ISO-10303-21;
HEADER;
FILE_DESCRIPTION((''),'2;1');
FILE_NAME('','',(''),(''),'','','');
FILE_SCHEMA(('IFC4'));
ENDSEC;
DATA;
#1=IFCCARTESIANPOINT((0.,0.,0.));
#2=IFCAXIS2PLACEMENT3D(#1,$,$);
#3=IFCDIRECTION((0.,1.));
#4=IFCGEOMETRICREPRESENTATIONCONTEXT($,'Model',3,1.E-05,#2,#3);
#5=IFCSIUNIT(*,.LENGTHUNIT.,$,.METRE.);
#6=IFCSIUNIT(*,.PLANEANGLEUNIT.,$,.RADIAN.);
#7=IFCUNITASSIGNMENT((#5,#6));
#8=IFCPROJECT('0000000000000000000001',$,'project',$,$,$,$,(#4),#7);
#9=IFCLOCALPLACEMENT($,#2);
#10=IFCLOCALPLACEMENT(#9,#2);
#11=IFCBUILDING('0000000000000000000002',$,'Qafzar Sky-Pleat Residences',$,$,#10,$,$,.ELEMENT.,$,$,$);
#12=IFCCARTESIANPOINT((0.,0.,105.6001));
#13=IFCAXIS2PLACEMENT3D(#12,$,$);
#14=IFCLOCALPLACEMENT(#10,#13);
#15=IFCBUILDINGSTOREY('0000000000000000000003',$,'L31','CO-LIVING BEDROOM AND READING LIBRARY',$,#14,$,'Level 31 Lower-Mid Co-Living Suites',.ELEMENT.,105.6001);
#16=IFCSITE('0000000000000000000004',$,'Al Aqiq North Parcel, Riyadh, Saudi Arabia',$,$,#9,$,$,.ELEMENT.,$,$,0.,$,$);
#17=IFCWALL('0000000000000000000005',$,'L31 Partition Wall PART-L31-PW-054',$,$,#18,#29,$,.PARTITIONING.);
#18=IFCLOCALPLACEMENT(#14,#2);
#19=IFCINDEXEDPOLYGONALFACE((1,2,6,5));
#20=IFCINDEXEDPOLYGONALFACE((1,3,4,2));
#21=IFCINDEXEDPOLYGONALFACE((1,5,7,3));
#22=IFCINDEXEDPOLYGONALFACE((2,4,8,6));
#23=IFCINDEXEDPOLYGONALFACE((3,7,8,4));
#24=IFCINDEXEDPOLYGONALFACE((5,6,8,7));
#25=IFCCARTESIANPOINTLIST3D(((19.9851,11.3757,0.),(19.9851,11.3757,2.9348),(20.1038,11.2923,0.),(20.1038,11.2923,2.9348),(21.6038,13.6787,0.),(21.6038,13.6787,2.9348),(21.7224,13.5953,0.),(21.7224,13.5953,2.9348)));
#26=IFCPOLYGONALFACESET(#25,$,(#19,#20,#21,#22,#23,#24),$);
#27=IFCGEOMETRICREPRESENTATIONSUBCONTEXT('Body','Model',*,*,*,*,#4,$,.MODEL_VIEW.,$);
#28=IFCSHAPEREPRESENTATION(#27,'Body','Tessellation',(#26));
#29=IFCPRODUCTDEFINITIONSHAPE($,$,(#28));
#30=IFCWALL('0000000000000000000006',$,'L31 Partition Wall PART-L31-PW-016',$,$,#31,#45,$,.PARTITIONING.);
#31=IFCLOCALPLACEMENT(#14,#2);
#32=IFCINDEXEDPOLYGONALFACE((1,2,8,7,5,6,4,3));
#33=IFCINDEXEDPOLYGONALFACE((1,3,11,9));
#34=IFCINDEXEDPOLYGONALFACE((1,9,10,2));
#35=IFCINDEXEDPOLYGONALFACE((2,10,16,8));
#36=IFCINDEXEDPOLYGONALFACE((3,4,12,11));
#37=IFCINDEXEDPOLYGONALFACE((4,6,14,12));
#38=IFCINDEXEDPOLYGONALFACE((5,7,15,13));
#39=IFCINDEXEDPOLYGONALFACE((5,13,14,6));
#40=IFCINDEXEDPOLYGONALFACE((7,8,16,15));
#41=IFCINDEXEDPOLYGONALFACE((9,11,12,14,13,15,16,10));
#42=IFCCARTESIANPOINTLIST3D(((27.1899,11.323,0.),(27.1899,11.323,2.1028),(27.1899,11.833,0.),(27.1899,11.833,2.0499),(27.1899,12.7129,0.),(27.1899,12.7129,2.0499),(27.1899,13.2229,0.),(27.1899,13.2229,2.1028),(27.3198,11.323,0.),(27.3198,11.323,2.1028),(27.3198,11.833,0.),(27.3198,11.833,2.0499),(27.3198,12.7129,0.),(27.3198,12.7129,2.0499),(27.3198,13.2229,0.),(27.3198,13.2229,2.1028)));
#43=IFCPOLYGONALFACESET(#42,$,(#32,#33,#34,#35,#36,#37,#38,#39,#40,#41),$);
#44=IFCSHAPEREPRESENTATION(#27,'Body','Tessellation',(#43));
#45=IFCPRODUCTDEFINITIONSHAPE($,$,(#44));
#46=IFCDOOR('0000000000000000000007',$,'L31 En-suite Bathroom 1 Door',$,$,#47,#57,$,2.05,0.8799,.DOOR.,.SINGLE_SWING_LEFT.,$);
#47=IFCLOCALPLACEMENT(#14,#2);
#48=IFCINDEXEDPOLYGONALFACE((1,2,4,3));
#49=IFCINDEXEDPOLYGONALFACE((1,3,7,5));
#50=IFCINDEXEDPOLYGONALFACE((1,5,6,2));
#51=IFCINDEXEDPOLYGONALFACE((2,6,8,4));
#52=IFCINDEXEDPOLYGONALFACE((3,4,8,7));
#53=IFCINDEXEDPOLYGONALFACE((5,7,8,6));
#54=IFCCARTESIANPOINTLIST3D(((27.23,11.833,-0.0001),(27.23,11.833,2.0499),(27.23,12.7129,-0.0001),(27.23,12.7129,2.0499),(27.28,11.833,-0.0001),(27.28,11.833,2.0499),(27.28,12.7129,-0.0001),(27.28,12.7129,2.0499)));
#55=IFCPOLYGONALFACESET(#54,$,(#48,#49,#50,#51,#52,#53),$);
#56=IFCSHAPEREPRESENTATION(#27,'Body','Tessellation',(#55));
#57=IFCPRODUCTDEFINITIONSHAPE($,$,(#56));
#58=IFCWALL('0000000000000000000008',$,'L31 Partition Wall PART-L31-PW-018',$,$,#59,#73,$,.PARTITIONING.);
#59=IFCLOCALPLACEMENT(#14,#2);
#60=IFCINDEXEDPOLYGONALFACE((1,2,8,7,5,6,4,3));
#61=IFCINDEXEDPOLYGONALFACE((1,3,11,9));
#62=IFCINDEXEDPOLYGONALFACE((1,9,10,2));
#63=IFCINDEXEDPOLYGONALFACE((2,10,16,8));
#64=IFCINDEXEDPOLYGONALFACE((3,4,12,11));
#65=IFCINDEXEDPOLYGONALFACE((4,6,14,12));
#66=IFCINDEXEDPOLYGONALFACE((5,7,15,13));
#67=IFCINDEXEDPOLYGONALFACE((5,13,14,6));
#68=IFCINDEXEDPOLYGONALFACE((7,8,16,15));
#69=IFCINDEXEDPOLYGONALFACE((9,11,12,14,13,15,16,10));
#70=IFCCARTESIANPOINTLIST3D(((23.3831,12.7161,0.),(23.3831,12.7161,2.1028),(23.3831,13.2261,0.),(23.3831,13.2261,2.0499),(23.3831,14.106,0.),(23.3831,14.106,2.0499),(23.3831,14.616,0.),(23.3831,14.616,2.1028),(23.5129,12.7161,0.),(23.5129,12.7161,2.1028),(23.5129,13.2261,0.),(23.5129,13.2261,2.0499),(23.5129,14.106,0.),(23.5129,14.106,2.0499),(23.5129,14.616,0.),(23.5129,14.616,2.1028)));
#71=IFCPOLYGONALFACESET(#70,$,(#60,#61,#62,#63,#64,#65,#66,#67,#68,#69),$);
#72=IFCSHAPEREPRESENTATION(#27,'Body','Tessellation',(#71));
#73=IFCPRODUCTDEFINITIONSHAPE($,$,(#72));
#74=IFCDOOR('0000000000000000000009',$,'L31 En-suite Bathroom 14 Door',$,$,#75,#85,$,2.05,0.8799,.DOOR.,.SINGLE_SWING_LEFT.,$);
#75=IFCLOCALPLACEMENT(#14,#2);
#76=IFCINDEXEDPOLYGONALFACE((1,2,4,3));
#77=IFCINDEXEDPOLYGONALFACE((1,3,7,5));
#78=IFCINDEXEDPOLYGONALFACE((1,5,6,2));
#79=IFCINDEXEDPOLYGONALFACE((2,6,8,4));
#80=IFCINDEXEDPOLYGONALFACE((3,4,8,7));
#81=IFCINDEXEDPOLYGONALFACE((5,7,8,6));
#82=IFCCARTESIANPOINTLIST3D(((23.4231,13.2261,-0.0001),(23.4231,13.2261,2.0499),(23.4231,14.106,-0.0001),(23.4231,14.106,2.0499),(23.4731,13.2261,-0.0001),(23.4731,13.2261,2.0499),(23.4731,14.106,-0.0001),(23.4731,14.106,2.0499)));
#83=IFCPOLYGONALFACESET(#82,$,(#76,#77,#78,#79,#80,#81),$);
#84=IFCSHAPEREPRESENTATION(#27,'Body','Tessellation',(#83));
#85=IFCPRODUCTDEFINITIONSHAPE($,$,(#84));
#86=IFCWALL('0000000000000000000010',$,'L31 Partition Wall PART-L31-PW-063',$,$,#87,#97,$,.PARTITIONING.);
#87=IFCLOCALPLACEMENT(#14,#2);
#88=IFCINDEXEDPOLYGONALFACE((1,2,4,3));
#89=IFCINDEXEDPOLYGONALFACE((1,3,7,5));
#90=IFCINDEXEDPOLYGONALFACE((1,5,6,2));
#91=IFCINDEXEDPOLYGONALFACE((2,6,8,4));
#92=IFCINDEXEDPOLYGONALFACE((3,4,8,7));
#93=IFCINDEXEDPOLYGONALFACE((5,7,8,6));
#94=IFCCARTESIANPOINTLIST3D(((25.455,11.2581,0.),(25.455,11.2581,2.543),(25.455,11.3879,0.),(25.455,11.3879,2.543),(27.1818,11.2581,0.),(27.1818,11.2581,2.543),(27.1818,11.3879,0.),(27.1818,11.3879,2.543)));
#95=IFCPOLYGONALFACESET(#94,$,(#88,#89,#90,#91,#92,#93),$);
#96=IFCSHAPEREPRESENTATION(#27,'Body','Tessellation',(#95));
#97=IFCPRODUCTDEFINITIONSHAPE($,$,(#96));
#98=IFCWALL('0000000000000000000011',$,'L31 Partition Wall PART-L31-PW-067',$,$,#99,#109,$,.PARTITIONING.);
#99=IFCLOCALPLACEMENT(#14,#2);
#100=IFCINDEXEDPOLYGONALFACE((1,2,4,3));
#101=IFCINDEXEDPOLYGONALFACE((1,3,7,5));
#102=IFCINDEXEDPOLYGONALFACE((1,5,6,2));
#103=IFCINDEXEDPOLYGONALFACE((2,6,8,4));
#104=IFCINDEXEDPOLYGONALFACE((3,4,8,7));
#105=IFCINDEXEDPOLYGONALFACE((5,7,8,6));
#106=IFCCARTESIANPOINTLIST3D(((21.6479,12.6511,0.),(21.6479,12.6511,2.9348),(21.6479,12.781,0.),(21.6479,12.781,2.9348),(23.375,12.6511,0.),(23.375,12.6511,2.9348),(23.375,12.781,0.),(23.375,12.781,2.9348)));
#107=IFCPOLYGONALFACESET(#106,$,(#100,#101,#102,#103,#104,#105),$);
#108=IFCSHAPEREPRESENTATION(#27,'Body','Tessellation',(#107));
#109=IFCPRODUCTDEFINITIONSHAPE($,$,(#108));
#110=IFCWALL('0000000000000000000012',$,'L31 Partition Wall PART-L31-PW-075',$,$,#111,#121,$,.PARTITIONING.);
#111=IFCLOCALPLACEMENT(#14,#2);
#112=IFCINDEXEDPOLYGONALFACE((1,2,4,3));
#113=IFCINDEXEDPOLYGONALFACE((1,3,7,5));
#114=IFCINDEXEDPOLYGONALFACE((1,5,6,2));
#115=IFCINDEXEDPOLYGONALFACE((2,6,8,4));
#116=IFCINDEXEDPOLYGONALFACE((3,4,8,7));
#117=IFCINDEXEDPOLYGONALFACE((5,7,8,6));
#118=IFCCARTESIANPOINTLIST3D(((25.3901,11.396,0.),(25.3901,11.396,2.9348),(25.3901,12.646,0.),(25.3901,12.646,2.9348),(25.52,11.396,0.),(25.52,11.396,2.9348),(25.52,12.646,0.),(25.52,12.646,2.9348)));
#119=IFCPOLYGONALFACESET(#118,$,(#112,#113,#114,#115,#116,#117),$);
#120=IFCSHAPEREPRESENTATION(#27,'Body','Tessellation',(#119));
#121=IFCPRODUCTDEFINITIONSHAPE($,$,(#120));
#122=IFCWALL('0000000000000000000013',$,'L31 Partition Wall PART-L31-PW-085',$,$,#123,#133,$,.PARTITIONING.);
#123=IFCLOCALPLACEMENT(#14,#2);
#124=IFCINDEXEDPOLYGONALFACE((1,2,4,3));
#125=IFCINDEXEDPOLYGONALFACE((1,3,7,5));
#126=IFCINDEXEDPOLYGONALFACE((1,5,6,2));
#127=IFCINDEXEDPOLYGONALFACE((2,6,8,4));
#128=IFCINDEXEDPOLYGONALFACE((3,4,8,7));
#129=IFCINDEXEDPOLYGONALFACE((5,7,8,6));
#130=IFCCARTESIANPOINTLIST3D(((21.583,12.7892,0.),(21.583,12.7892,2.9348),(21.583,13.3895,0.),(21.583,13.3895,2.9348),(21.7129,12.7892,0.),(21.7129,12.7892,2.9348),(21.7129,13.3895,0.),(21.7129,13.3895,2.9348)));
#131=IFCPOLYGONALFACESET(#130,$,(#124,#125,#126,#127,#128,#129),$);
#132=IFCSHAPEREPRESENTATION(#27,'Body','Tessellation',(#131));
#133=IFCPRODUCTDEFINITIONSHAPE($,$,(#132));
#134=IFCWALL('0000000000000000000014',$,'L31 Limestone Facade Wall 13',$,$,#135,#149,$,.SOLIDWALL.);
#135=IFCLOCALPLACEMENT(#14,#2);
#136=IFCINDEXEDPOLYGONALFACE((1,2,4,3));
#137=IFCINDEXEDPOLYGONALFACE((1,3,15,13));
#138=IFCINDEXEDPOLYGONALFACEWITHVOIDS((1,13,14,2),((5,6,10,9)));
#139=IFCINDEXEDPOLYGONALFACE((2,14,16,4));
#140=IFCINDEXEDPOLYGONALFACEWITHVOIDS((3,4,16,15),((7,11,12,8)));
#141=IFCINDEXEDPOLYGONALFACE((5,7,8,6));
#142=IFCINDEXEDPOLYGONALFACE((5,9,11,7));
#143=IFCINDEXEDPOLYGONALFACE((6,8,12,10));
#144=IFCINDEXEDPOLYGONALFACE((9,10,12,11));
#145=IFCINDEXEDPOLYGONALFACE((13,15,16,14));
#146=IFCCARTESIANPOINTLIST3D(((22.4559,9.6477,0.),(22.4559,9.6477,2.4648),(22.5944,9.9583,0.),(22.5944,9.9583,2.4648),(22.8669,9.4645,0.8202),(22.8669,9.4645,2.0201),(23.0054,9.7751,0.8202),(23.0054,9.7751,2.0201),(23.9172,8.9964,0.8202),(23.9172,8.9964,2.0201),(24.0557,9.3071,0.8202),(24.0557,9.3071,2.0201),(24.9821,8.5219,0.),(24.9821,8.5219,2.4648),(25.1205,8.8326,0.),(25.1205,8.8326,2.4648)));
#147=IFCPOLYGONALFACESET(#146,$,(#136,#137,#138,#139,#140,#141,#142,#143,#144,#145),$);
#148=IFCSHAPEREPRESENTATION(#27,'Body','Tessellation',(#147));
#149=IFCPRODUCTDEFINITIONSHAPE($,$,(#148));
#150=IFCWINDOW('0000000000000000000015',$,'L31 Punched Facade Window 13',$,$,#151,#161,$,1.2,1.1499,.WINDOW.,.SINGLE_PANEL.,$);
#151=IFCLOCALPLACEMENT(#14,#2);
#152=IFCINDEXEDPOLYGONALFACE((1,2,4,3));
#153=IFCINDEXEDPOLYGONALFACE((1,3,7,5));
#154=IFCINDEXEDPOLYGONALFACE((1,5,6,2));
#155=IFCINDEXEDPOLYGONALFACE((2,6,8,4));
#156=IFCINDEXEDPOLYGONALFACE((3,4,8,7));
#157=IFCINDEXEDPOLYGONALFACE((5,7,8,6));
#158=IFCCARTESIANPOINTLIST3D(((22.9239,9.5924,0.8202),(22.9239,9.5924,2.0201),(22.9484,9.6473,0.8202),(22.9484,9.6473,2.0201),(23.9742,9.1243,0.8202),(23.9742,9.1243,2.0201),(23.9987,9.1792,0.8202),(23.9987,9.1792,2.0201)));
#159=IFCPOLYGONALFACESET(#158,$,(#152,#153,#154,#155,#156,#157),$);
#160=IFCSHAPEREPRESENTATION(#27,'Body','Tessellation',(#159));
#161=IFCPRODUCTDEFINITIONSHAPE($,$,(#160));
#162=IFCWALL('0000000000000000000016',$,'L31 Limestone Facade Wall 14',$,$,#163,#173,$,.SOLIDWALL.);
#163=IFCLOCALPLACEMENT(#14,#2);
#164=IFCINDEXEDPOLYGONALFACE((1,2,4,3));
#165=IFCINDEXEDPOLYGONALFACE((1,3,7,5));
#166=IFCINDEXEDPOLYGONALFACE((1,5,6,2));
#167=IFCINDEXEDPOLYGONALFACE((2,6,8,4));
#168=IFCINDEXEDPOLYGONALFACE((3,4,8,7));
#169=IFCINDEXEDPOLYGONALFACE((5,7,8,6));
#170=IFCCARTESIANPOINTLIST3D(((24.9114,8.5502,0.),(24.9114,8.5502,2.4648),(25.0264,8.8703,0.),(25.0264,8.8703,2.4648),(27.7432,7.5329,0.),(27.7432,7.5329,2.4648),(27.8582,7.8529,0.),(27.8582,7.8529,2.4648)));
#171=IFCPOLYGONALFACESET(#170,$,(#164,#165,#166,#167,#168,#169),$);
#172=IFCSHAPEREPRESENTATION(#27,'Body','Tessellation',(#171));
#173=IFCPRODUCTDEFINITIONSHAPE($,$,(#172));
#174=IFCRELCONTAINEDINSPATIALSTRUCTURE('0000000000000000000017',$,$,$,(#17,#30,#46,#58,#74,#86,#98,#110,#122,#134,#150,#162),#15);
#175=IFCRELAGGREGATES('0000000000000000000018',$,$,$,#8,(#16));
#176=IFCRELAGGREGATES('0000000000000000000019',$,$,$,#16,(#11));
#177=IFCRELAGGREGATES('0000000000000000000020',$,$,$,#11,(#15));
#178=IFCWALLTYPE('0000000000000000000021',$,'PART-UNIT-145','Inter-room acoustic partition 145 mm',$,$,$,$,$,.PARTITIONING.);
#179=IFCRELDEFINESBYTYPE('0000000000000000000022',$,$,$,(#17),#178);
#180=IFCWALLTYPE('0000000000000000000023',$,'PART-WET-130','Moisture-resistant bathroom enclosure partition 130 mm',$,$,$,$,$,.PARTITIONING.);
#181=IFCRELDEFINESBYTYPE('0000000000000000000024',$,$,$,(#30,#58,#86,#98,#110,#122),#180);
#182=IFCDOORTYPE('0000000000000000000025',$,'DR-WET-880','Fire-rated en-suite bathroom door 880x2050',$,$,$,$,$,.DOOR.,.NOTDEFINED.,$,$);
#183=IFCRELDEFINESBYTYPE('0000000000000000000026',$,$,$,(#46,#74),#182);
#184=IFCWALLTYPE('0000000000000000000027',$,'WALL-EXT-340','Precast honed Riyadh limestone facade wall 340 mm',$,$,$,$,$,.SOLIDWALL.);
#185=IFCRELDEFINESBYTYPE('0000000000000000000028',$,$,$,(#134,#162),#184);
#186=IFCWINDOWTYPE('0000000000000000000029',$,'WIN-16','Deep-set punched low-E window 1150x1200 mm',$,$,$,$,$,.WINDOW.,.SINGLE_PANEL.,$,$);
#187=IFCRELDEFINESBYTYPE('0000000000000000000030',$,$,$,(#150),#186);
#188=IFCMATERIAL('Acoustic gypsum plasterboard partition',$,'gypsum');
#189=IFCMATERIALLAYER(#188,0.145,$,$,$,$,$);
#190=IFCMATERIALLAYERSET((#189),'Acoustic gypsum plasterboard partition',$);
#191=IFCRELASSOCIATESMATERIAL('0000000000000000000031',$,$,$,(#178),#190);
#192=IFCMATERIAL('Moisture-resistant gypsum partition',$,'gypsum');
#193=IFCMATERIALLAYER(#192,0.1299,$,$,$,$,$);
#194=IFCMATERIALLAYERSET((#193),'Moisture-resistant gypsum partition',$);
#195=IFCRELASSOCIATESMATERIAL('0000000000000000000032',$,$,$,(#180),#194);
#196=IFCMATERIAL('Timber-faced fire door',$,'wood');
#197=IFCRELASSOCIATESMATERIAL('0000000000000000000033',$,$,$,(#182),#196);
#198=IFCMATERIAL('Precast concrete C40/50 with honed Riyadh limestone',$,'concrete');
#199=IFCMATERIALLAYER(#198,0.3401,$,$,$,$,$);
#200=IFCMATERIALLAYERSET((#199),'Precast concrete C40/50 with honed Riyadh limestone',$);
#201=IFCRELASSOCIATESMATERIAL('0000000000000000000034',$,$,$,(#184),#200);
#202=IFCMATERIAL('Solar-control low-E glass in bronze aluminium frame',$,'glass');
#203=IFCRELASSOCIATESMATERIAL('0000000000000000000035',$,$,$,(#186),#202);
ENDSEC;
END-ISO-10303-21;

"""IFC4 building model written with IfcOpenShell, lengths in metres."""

from ifc_helpers import new_model, si_unit, direction, frame, frame_2d, origin, place, context, subcontext, project, spatial, rectangle, extrude, source, transform, mapped, material, layer, layer_set, type_object, element, fill, save


model = new_model("IFC4")

# Units and contexts
model_context = context("Model", 3, precision=1e-05, world=origin(), true_north=direction((0.0, 1.0)))
body_context = subcontext(model_context, "Body", "Model", "MODEL_VIEW")
ifc_project = project(units=[si_unit("LENGTHUNIT", "METRE"), si_unit("PLANEANGLEUNIT", "RADIAN")], contexts=[model_context])

# Site, building, storey
site_placement = place(None, origin())
site = spatial("IfcSite", under=ifc_project, at=site_placement, Name="Al Aqiq North Parcel, Riyadh, Saudi Arabia", CompositionType="ELEMENT", RefElevation=0.0)
building_placement = place(site_placement, origin())
building = spatial("IfcBuilding", under=site, at=building_placement, Name="Qafzar Sky-Pleat Residences", CompositionType="ELEMENT")
storey_placement = place(building_placement, frame((0.0, 0.0, 105.6001)))
storey = spatial("IfcBuildingStorey", under=building, at=storey_placement, Name="L31", Description="CO-LIVING BEDROOM AND READING LIBRARY", LongName="Level 31 Lower-Mid Co-Living Suites", CompositionType="ELEMENT", Elevation=105.6001)

# Wall
ifc_material_1 = material(Name="Acoustic gypsum plasterboard partition", Category="gypsum")
ifc_layer_1 = layer(ifc_material_1, 0.145)
ifc_layer_set_1 = layer_set([ifc_layer_1], Name="Acoustic gypsum plasterboard partition")
wall_type_1 = type_object("IfcWallType", Name="PART-UNIT-145", Description="Inter-room acoustic partition 145 mm", PredefinedType="PARTITIONING", material=ifc_layer_set_1)
wall_1_placement = place(storey_placement, frame((20.0444, 11.334, 0.0), z_axis=(0.0, 0.0, 1.0), x_axis=(0.575027, 0.818134, 0.0)))
element("IfcWall", 1, at=wall_1_placement, inside=storey, type_object=wall_type_1, Name="L31 Partition Wall PART-L31-PW-054", PredefinedType="PARTITIONING", context=body_context, shape_type="SweptSolid", body=[
    extrude(rectangle(XDim=2.8149, YDim=0.145, at=frame_2d((1.4075, 0.0))), origin(), (0.0, 0.0, 1.0), 2.9348),
])

# Walls, openings, doors
ifc_material_2 = material(Name="Moisture-resistant gypsum partition", Category="gypsum")
ifc_layer_2 = layer(ifc_material_2, 0.1299)
ifc_layer_set_2 = layer_set([ifc_layer_2], Name="Moisture-resistant gypsum partition")
wall_type_2 = type_object("IfcWallType", Name="PART-WET-130", Description="Moisture-resistant bathroom enclosure partition 130 mm", PredefinedType="PARTITIONING", material=ifc_layer_set_2)
wall_2_placement = place(storey_placement, frame((27.2549, 11.323, 0.0), z_axis=(0.0, 0.0, 1.0), x_axis=(0.0, 1.0, 0.0)))
wall_2 = element("IfcWall", 2, at=wall_2_placement, inside=storey, type_object=wall_type_2, Name="L31 Partition Wall PART-L31-PW-016", PredefinedType="PARTITIONING", context=body_context, shape_type="SweptSolid", body=[
    extrude(rectangle(XDim=1.8999, YDim=0.1299, at=frame_2d((0.95, 0.0))), origin(), (0.0, 0.0, 1.0), 2.1028),
])
opening_1_placement = place(wall_2_placement, frame((0.51, 0.0, 0.0)))
opening_1 = element("IfcOpeningElement", 3, at=opening_1_placement, cuts=wall_2, PredefinedType="OPENING", context=body_context, shape_type="SweptSolid", body=[
    extrude(rectangle(XDim=0.8799, YDim=2.05, at=frame_2d((0.4399, 1.0249))), frame((0.0, 0.075, 0.0), z_axis=(0.0, -1.0, 0.0), x_axis=(1.0, 0.0, 0.0)), (0.0, 0.0, 1.0), 0.1499),
])
ifc_material_3 = material(Name="Timber-faced fire door", Category="wood")
door_type = type_object("IfcDoorType", Name="DR-WET-880", Description="Fire-rated en-suite bathroom door 880x2050", OperationType="NOTDEFINED", PredefinedType="DOOR", material=ifc_material_3)
shared_shape_1 = source(origin(), body_context, "Body", "SweptSolid", [
    extrude(rectangle(XDim=0.8799, YDim=2.05, at=frame_2d((0.4399, 1.0249))), frame((0.0, 0.0249, 0.0), z_axis=(0.0, -1.0, 0.0), x_axis=(1.0, 0.0, 0.0)), (0.0, 0.0, 1.0), 0.05),
])
door_1_placement = place(opening_1_placement, origin())
door_1 = element("IfcDoor", 4, at=door_1_placement, inside=storey, type_object=door_type, Name="L31 En-suite Bathroom 1 Door", OperationType="SINGLE_SWING_LEFT", OverallHeight=2.05, OverallWidth=0.8799, PredefinedType="DOOR", context=body_context, shape_type="MappedRepresentation", body=[
    mapped(shared_shape_1, transform((0.0, 0.0, 0.0), x_axis=(1.0, 0.0, 0.0), y_axis=(0.0, 1.0, 0.0), z_axis=(0.0, 0.0, 1.0), scale=1.0)),
])
fill(opening_1, door_1)
wall_3_placement = place(storey_placement, frame((23.448, 12.7161, 0.0), z_axis=(0.0, 0.0, 1.0), x_axis=(0.0, 1.0, 0.0)))
wall_3 = element("IfcWall", 5, at=wall_3_placement, inside=storey, type_object=wall_type_2, Name="L31 Partition Wall PART-L31-PW-018", PredefinedType="PARTITIONING", context=body_context, shape_type="SweptSolid", body=[
    extrude(rectangle(XDim=1.8999, YDim=0.1299, at=frame_2d((0.95, 0.0))), origin(), (0.0, 0.0, 1.0), 2.1028),
])
opening_2_placement = place(wall_3_placement, frame((0.51, 0.0, 0.0)))
opening_2 = element("IfcOpeningElement", 6, at=opening_2_placement, cuts=wall_3, PredefinedType="OPENING", context=body_context, shape_type="SweptSolid", body=[
    extrude(rectangle(XDim=0.8799, YDim=2.05, at=frame_2d((0.4399, 1.0249))), frame((0.0, 0.075, 0.0), z_axis=(0.0, -1.0, 0.0), x_axis=(1.0, 0.0, 0.0)), (0.0, 0.0, 1.0), 0.1499),
])
door_2_placement = place(opening_2_placement, origin())
door_2 = element("IfcDoor", 7, at=door_2_placement, inside=storey, type_object=door_type, Name="L31 En-suite Bathroom 14 Door", OperationType="SINGLE_SWING_LEFT", OverallHeight=2.05, OverallWidth=0.8799, PredefinedType="DOOR", context=body_context, shape_type="MappedRepresentation", body=[
    mapped(shared_shape_1, transform((0.0, 0.0, 0.0), x_axis=(1.0, 0.0, 0.0), y_axis=(0.0, 1.0, 0.0), z_axis=(0.0, 0.0, 1.0), scale=1.0)),
])
fill(opening_2, door_2)

# Walls
wall_4_placement = place(storey_placement, frame((25.4551, 11.323, 0.0), z_axis=(0.0, 0.0, 1.0), x_axis=(1.0, 0.0, 0.0)))
element("IfcWall", 8, at=wall_4_placement, inside=storey, type_object=wall_type_2, Name="L31 Partition Wall PART-L31-PW-063", PredefinedType="PARTITIONING", context=body_context, shape_type="SweptSolid", body=[
    extrude(rectangle(XDim=1.7268, YDim=0.1299, at=frame_2d((0.8633, 0.0))), origin(), (0.0, 0.0, 1.0), 2.543),
])
wall_5_placement = place(storey_placement, frame((21.6479, 12.7161, 0.0), z_axis=(0.0, 0.0, 1.0), x_axis=(1.0, 0.0, 0.0)))
element("IfcWall", 9, at=wall_5_placement, inside=storey, type_object=wall_type_2, Name="L31 Partition Wall PART-L31-PW-067", PredefinedType="PARTITIONING", context=body_context, shape_type="SweptSolid", body=[
    extrude(rectangle(XDim=1.7271, YDim=0.1299, at=frame_2d((0.8635, 0.0))), origin(), (0.0, 0.0, 1.0), 2.9348),
])
wall_6_placement = place(storey_placement, frame((25.4551, 11.396, 0.0), z_axis=(0.0, 0.0, 1.0), x_axis=(0.0, 1.0, 0.0)))
element("IfcWall", 10, at=wall_6_placement, inside=storey, type_object=wall_type_2, Name="L31 Partition Wall PART-L31-PW-075", PredefinedType="PARTITIONING", context=body_context, shape_type="SweptSolid", body=[
    extrude(rectangle(XDim=1.25, YDim=0.1299, at=frame_2d((0.625, 0.0))), origin(), (0.0, 0.0, 1.0), 2.9348),
])
wall_7_placement = place(storey_placement, frame((21.6479, 12.7891, 0.0), z_axis=(0.0, 0.0, 1.0), x_axis=(0.0, 1.0, 0.0)))
element("IfcWall", 11, at=wall_7_placement, inside=storey, type_object=wall_type_2, Name="L31 Partition Wall PART-L31-PW-085", PredefinedType="PARTITIONING", context=body_context, shape_type="SweptSolid", body=[
    extrude(rectangle(XDim=0.6003, YDim=0.1299, at=frame_2d((0.3003, 0.0))), origin(), (0.0, 0.0, 1.0), 2.9348),
])

# Wall, opening, window
ifc_material_4 = material(Name="Precast concrete C40/50 with honed Riyadh limestone", Category="concrete")
ifc_layer_3 = layer(ifc_material_4, 0.3401)
ifc_layer_set_3 = layer_set([ifc_layer_3], Name="Precast concrete C40/50 with honed Riyadh limestone")
wall_type_3 = type_object("IfcWallType", Name="WALL-EXT-340", Description="Precast honed Riyadh limestone facade wall 340 mm", PredefinedType="SOLIDWALL", material=ifc_layer_set_3)
wall_8_placement = place(storey_placement, frame((22.5251, 9.803, 0.0), z_axis=(0.0, 0.0, 1.0), x_axis=(0.913407, -0.407047, 0.0)))
wall_8 = element("IfcWall", 12, at=wall_8_placement, inside=storey, type_object=wall_type_3, Name="L31 Limestone Facade Wall 13", PredefinedType="SOLIDWALL", context=body_context, shape_type="SweptSolid", body=[
    extrude(rectangle(XDim=2.7656, YDim=0.3401, at=frame_2d((1.3828, 0.0))), origin(), (0.0, 0.0, 1.0), 2.4648),
])
opening_3_placement = place(wall_8_placement, frame((0.45, 0.0, 0.8201)))
opening_3 = element("IfcOpeningElement", 13, at=opening_3_placement, cuts=wall_8, PredefinedType="OPENING", context=body_context, shape_type="SweptSolid", body=[
    extrude(rectangle(XDim=1.1499, YDim=1.2, at=frame_2d((0.575, 0.6001))), frame((0.0, 0.1802, 0.0), z_axis=(0.0, -1.0, 0.0), x_axis=(1.0, 0.0, 0.0)), (0.0, 0.0, 1.0), 0.3601),
])
ifc_material_5 = material(Name="Solar-control low-E glass in bronze aluminium frame", Category="glass")
window_type = type_object("IfcWindowType", Name="WIN-16", Description="Deep-set punched low-E window 1150x1200 mm", PartitioningType="SINGLE_PANEL", PredefinedType="WINDOW", material=ifc_material_5)
shared_shape_2 = source(origin(), body_context, "Body", "SweptSolid", [
    extrude(rectangle(XDim=1.1499, YDim=1.2, at=frame_2d((0.575, 0.6001))), frame((0.0, 0.03, 0.0), z_axis=(0.0, -1.0, 0.0), x_axis=(1.0, 0.0, 0.0)), (0.0, 0.0, 1.0), 0.0601),
])
window_placement = place(opening_3_placement, origin())
window = element("IfcWindow", 14, at=window_placement, inside=storey, type_object=window_type, Name="L31 Punched Facade Window 13", OverallHeight=1.2, OverallWidth=1.1499, PartitioningType="SINGLE_PANEL", PredefinedType="WINDOW", context=body_context, shape_type="MappedRepresentation", body=[
    mapped(shared_shape_2, transform((0.0, 0.0, 0.0), x_axis=(1.0, 0.0, 0.0), y_axis=(0.0, 1.0, 0.0), z_axis=(0.0, 0.0, 1.0), scale=1.0)),
])
fill(opening_3, window)

# Wall
wall_9_placement = place(storey_placement, frame((24.969, 8.7102, 0.0), z_axis=(0.0, 0.0, 1.0), x_axis=(0.941111, -0.338099, 0.0)))
element("IfcWall", 15, at=wall_9_placement, inside=storey, type_object=wall_type_3, Name="L31 Limestone Facade Wall 14", PredefinedType="SOLIDWALL", context=body_context, shape_type="SweptSolid", body=[
    extrude(rectangle(XDim=3.009, YDim=0.3401, at=frame_2d((1.5044, 0.0))), origin(), (0.0, 0.0, 1.0), 2.4648),
])

save(model, "model.ifc")
